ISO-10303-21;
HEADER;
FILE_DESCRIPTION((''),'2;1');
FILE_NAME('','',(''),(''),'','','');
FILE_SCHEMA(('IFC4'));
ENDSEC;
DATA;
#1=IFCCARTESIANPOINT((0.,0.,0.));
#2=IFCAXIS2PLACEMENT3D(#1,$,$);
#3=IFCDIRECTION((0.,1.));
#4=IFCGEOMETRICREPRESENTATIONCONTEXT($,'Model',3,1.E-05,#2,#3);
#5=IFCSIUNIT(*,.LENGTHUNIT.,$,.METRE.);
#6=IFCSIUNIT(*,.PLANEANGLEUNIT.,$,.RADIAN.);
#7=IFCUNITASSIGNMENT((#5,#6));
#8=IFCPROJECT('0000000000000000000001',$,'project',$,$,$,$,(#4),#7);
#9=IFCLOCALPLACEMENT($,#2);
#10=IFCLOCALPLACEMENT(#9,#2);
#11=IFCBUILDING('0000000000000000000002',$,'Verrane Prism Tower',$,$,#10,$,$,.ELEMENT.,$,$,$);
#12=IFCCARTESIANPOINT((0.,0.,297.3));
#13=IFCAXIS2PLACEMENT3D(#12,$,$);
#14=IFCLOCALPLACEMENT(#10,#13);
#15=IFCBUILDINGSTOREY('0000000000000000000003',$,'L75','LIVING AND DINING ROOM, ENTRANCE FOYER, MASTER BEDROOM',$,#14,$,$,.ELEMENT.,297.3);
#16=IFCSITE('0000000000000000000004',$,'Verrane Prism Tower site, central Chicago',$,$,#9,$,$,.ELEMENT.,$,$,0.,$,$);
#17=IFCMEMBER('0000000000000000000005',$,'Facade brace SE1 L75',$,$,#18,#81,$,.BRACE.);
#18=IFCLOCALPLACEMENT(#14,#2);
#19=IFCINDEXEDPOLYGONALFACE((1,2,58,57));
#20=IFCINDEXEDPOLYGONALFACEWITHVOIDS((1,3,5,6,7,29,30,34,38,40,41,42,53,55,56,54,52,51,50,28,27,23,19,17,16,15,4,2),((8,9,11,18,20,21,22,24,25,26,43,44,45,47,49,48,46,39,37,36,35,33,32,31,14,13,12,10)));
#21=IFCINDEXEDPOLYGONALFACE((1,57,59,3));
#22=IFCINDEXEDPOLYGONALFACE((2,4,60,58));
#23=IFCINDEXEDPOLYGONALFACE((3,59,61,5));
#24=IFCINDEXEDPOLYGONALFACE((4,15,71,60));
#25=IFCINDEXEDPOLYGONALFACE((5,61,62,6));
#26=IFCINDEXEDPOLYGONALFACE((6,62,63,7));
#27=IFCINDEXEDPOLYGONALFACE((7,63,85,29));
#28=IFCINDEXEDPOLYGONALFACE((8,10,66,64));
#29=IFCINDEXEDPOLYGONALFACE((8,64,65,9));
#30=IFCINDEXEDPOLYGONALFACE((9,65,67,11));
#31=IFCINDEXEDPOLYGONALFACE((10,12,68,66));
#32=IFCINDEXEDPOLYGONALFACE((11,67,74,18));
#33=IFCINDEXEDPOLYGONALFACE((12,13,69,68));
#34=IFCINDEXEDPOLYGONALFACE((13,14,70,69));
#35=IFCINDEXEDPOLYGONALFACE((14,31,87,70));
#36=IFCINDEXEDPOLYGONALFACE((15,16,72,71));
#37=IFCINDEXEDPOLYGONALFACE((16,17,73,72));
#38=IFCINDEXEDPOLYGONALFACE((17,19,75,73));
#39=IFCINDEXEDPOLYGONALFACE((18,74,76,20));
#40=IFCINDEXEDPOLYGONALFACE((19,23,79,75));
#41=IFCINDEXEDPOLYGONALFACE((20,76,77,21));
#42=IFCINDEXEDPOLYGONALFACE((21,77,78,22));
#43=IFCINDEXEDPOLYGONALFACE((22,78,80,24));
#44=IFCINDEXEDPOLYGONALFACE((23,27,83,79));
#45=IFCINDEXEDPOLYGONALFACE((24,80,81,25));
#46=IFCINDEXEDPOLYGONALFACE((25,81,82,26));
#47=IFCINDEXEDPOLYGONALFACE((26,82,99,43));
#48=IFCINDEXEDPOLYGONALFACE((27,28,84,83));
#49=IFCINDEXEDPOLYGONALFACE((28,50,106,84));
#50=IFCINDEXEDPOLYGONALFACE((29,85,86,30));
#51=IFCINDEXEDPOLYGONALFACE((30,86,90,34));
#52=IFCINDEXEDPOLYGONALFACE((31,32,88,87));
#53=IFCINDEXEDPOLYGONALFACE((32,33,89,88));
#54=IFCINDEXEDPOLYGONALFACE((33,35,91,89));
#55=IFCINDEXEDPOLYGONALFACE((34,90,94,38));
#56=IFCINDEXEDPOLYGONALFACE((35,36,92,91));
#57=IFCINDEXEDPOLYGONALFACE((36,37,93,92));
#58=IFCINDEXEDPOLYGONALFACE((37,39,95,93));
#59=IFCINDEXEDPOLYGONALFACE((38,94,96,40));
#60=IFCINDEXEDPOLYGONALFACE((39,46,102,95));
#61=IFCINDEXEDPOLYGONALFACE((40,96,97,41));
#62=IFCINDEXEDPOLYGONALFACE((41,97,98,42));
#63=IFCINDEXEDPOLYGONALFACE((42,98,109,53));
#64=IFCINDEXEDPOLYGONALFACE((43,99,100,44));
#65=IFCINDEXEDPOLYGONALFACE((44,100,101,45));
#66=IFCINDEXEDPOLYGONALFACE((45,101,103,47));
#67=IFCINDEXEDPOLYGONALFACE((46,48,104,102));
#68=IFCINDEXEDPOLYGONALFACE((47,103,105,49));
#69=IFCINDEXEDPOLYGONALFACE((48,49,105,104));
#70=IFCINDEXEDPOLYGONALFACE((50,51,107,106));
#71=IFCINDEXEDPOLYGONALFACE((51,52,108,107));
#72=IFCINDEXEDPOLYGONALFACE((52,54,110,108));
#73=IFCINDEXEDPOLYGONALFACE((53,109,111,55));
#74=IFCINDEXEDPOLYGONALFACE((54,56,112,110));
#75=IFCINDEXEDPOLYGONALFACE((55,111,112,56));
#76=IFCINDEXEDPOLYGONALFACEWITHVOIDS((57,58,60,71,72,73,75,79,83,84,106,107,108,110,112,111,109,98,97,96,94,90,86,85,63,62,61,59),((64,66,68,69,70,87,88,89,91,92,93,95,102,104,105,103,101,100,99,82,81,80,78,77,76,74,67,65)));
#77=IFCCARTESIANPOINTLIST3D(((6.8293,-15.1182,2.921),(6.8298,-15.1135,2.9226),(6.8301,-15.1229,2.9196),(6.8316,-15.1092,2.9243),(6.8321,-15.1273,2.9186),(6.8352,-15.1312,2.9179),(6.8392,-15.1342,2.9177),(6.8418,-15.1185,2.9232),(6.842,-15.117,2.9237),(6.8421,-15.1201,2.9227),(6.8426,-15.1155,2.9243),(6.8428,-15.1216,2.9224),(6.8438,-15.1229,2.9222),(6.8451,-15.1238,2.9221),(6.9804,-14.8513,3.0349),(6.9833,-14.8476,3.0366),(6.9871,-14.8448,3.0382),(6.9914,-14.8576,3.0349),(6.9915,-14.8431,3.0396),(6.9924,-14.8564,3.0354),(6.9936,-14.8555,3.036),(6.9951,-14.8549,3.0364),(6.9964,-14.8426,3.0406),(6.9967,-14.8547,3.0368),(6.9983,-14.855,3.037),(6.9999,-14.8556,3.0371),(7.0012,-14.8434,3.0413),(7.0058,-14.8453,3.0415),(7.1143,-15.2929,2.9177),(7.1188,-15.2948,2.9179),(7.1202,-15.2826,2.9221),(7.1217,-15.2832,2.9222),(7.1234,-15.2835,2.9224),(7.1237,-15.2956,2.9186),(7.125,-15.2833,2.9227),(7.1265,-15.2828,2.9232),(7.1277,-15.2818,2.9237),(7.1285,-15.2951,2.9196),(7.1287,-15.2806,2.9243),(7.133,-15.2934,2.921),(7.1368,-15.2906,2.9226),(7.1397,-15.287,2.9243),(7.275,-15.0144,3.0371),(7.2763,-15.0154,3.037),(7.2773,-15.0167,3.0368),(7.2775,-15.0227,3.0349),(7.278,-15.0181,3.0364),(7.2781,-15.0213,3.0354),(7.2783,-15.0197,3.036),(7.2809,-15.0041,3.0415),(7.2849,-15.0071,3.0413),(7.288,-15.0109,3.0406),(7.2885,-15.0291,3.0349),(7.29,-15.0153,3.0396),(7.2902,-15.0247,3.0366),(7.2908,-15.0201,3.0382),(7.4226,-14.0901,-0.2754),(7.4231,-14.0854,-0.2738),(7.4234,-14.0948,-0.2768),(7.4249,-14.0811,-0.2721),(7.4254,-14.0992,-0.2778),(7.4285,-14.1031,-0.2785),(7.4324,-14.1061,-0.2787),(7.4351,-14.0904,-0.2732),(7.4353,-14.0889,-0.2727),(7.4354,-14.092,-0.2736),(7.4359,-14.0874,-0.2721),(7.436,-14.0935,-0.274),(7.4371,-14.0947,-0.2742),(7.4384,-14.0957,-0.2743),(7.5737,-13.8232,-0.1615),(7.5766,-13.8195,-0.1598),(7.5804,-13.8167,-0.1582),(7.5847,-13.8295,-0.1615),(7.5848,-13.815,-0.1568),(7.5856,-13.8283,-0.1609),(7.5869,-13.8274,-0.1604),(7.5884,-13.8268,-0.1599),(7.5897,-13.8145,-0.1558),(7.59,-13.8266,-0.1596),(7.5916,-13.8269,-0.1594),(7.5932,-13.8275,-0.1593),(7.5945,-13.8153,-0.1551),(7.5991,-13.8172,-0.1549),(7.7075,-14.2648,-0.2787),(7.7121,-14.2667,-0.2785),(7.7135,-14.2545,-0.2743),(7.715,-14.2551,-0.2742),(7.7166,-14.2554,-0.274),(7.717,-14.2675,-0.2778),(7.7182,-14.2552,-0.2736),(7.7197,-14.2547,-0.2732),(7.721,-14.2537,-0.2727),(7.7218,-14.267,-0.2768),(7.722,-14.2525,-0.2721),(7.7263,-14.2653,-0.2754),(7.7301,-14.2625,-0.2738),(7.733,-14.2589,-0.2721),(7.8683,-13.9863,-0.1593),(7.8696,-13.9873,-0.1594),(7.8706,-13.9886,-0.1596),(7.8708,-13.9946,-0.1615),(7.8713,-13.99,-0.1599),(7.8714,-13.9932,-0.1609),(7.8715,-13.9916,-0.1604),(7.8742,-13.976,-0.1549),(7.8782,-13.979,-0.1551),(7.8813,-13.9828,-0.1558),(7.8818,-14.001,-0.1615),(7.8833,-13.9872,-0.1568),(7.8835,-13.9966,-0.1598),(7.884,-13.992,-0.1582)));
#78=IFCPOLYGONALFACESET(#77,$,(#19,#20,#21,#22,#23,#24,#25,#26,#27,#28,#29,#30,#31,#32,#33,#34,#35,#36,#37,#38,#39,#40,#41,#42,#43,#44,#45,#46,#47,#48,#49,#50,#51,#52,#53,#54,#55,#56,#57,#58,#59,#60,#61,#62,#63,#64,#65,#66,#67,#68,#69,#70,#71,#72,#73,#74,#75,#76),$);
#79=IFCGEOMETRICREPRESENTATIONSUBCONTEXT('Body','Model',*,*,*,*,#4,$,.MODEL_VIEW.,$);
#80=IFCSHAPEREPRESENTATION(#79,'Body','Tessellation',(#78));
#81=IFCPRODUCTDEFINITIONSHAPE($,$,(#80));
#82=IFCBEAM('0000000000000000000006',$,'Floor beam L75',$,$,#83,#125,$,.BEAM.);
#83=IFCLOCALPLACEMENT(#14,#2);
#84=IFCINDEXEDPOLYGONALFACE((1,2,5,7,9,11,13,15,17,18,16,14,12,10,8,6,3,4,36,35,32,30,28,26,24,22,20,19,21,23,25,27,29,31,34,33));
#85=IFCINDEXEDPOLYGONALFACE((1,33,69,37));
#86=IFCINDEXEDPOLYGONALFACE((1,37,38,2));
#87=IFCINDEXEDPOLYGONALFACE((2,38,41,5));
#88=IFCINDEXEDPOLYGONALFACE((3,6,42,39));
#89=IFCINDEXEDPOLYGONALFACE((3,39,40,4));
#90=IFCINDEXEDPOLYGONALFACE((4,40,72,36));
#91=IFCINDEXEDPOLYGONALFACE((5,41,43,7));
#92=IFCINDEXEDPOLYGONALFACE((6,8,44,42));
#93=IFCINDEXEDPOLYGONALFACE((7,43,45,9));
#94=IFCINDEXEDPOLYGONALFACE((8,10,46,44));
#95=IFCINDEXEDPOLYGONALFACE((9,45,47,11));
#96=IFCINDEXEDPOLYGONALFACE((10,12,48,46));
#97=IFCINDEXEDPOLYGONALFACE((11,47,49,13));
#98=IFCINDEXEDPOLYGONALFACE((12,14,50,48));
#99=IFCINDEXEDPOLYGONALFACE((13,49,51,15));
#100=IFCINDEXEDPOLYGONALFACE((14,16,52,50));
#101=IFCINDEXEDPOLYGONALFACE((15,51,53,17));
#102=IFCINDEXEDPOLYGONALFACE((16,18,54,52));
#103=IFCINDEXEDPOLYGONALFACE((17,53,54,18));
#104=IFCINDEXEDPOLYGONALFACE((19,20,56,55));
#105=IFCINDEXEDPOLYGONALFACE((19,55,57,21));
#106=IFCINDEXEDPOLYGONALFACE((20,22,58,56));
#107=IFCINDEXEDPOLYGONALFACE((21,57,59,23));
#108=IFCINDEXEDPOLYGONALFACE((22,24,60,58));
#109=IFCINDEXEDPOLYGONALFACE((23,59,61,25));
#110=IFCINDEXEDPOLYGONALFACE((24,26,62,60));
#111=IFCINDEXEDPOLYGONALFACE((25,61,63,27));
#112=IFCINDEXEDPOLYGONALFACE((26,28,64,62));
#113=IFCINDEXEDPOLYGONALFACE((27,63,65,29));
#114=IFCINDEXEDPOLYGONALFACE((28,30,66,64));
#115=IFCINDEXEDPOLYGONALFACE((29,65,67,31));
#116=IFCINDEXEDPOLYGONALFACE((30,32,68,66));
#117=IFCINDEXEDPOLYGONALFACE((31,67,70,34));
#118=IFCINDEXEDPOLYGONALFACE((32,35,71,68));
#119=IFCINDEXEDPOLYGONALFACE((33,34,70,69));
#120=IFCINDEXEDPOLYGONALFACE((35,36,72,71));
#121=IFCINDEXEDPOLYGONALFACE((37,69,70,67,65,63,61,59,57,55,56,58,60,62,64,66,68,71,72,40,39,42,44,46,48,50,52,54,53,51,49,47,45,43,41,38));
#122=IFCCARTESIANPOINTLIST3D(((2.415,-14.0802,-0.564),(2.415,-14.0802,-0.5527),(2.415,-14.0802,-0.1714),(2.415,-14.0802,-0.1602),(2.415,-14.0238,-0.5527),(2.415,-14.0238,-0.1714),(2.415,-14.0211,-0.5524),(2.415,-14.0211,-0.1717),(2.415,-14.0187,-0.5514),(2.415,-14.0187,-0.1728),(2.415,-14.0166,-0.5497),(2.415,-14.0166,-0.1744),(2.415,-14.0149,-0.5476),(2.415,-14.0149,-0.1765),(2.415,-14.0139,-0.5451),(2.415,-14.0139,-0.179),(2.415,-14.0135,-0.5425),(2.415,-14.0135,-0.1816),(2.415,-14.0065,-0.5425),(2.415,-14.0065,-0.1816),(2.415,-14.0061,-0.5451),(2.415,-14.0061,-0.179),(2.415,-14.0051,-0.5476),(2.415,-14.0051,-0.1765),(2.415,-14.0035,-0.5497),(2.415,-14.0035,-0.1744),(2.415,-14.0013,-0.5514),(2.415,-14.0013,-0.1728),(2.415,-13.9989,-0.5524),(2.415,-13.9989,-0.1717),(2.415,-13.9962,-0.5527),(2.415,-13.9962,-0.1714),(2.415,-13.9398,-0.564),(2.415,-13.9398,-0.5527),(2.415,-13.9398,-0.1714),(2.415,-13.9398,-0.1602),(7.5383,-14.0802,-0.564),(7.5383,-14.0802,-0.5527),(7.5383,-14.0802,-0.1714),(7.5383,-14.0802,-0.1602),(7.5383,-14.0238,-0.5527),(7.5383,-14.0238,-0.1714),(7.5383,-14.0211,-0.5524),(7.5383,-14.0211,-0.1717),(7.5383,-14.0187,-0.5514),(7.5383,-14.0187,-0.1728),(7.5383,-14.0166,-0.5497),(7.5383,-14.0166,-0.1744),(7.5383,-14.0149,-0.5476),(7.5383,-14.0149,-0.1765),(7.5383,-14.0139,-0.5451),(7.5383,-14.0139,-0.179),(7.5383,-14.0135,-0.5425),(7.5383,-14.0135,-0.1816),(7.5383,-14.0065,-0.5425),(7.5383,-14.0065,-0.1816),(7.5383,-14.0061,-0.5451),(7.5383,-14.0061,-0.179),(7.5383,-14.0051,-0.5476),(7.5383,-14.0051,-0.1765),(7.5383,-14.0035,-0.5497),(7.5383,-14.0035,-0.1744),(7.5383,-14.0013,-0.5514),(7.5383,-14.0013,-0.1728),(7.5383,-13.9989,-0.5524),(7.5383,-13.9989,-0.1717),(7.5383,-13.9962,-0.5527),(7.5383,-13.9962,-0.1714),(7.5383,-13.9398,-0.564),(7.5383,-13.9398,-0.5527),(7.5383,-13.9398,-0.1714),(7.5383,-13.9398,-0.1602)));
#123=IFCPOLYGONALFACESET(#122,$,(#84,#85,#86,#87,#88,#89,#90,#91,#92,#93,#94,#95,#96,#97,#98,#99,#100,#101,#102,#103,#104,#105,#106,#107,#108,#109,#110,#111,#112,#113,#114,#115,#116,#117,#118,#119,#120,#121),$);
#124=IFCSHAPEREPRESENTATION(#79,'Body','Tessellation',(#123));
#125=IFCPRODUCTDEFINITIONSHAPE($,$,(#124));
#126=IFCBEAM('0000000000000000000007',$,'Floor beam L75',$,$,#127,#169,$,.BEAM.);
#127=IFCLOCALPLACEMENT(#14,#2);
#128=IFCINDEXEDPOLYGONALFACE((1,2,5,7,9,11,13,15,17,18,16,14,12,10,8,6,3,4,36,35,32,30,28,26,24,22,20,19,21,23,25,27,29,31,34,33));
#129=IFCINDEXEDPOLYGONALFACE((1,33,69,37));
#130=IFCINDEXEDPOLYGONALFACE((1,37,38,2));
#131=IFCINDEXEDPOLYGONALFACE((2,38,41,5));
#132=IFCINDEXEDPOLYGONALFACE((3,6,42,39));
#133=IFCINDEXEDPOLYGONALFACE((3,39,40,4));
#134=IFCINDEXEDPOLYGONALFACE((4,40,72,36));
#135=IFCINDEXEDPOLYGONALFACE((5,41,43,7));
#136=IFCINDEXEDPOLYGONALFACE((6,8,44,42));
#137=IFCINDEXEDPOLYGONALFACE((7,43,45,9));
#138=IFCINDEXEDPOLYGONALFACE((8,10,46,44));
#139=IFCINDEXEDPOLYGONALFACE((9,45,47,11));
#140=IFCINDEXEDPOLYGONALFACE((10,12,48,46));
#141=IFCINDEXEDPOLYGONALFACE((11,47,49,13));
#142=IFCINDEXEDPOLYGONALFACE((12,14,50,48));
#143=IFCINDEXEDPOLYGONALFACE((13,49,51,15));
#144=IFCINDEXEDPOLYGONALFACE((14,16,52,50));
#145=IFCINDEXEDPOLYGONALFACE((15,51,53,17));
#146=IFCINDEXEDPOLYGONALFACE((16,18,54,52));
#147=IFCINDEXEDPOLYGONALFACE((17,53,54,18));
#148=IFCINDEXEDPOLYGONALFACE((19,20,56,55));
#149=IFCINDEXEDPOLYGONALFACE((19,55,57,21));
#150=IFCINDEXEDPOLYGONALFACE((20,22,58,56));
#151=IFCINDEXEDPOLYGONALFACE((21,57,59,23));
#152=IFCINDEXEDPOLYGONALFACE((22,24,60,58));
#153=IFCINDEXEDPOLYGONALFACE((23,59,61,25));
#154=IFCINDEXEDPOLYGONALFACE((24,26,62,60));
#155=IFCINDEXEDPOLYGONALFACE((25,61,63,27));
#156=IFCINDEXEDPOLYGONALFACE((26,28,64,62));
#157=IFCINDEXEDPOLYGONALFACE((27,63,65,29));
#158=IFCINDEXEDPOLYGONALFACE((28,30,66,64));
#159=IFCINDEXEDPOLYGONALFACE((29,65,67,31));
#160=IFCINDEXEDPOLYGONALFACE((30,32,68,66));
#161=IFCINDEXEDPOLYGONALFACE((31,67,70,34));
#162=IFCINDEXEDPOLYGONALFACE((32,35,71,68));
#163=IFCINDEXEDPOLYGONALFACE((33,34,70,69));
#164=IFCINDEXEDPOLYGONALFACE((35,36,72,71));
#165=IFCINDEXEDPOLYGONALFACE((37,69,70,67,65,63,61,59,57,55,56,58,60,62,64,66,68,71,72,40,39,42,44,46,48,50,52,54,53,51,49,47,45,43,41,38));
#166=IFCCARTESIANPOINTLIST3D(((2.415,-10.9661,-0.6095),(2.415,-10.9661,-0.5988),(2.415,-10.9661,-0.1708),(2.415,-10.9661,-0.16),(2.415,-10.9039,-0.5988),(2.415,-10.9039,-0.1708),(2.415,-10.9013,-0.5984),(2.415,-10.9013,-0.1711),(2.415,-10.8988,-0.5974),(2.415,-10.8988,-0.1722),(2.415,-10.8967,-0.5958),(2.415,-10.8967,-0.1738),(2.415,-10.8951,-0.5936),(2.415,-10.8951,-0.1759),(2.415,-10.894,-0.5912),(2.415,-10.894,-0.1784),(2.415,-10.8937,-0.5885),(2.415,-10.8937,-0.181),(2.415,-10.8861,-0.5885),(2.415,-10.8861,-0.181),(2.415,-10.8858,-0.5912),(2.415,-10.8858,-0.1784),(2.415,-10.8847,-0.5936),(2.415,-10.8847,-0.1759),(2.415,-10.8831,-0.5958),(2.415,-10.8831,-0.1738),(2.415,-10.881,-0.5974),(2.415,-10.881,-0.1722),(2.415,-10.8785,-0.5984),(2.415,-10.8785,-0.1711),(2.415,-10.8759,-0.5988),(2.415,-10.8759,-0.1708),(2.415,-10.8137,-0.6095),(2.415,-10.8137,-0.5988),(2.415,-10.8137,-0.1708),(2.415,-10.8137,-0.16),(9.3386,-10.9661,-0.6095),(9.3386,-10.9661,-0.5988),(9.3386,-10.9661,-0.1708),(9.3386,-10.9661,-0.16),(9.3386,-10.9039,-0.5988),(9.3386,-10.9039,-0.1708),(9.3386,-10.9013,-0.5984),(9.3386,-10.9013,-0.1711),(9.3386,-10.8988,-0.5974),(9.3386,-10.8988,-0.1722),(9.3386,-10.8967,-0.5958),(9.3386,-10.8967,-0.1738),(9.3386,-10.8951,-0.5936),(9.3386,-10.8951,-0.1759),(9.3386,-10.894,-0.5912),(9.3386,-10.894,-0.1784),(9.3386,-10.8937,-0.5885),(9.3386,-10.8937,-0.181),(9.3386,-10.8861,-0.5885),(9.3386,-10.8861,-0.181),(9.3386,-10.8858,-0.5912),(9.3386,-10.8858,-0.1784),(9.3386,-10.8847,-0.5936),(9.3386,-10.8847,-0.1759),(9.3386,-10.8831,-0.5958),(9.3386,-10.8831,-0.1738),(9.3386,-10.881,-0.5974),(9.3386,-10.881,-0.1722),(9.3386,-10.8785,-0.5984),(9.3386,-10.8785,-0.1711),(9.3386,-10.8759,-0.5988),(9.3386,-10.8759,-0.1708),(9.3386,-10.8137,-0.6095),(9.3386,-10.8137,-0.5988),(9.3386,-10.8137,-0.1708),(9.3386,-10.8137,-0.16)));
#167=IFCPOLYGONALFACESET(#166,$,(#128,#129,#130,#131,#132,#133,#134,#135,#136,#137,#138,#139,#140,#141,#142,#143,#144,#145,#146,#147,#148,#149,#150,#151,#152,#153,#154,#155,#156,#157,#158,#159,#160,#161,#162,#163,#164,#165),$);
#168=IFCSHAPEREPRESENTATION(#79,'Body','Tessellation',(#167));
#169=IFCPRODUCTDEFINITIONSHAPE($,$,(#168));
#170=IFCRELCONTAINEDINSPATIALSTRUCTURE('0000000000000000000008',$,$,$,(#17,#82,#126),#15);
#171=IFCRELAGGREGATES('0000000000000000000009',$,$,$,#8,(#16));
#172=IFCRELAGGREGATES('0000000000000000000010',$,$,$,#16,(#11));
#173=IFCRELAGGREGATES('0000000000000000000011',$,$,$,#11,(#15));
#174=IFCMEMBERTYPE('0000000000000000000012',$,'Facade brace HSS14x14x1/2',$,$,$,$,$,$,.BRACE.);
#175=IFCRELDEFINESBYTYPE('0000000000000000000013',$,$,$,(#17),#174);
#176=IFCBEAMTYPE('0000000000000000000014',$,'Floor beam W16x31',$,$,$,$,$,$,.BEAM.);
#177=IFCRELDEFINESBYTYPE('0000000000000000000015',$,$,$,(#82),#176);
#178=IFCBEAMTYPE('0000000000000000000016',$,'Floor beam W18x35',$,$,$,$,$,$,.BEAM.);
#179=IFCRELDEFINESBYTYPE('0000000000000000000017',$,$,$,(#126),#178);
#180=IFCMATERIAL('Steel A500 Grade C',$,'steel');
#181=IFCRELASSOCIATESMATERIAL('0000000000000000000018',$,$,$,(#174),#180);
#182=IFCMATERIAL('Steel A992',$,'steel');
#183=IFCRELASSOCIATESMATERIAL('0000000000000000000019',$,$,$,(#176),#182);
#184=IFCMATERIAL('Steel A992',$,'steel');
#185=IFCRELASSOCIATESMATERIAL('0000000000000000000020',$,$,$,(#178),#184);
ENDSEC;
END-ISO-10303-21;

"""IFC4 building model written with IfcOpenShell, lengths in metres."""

from ifc_helpers import new_model, si_unit, direction, frame, origin, origin_2d, place, context, subcontext, project, spatial, hollow_rectangle, i_section, extrude, material, material_profile, profile_set, type_object, element, save


model = new_model("IFC4")

# Units and contexts
model_context = context("Model", 3, precision=1e-05, world=origin(), true_north=direction((0.0, 1.0)))
body_context = subcontext(model_context, "Body", "Model", "MODEL_VIEW")
ifc_project = project(units=[si_unit("LENGTHUNIT", "METRE"), si_unit("PLANEANGLEUNIT", "RADIAN")], contexts=[model_context])

# Site, building, storey
site_placement = place(None, origin())
site = spatial("IfcSite", under=ifc_project, at=site_placement, Name="Verrane Prism Tower site, central Chicago", CompositionType="ELEMENT", RefElevation=0.0)
building_placement = place(site_placement, origin())
building = spatial("IfcBuilding", under=site, at=building_placement, Name="Verrane Prism Tower", CompositionType="ELEMENT")
storey_placement = place(building_placement, frame((0.0, 0.0, 297.3)))
storey = spatial("IfcBuildingStorey", under=building, at=storey_placement, Name="L75", Description="LIVING AND DINING ROOM, ENTRANCE FOYER, MASTER BEDROOM", CompositionType="ELEMENT", Elevation=297.3)

# Member
ifc_material_1 = material(Name="Steel A500 Grade C", Category="steel")
ifc_material_profile_1 = material_profile(ifc_material_1, hollow_rectangle(XDim=0.3557, YDim=0.3557, WallThickness=0.0127, InnerFilletRadius=0.0063, OuterFilletRadius=0.019, at=origin_2d()), Name="HSS14x14x1/2")
ifc_profile_set_1 = profile_set([ifc_material_profile_1], Name="Steel A500 Grade C")
member_type_1 = type_object("IfcMemberType", Name="Facade brace HSS14x14x1/2", PredefinedType="BRACE", material=ifc_profile_set_1)
member_1_placement = place(storey_placement, frame((7.6533, -14.041, -0.2168), z_axis=(-0.173999, -0.301527, 0.937447), x_axis=(0.866134, -0.499811, 0.0)))
element("IfcMember", 1, at=member_1_placement, inside=storey, type_object=member_type_1, Name="Facade brace SE1 L75", PredefinedType="BRACE", context=body_context, shape_type="SweptSolid", body=[
    extrude(hollow_rectangle(XDim=0.3557, YDim=0.3557, WallThickness=0.0127, InnerFilletRadius=0.0063, OuterFilletRadius=0.019, at=origin_2d()), origin(), (0.0, 0.0, 1.0), 3.4097),
])

# Beams
ifc_material_2 = material(Name="Steel A992", Category="steel")
ifc_material_profile_2 = material_profile(ifc_material_2, i_section(OverallWidth=0.1404, OverallDepth=0.4038, WebThickness=0.0071, FlangeThickness=0.0112, FilletRadius=0.0103, at=origin_2d()), Name="W16x31")
ifc_profile_set_2 = profile_set([ifc_material_profile_2], Name="Steel A992")
beam_type_1 = type_object("IfcBeamType", Name="Floor beam W16x31", PredefinedType="BEAM", material=ifc_profile_set_2)
beam_1_placement = place(storey_placement, frame((2.415, -14.01, -0.3621), z_axis=(1.0, 0.0, 0.0), x_axis=(0.0, 1.0, 0.0)))
element("IfcBeam", 2, at=beam_1_placement, inside=storey, type_object=beam_type_1, Name="Floor beam L75", PredefinedType="BEAM", context=body_context, shape_type="SweptSolid", body=[
    extrude(i_section(OverallWidth=0.1404, OverallDepth=0.4038, WebThickness=0.0071, FlangeThickness=0.0112, FilletRadius=0.0103, at=origin_2d()), origin(), (0.0, 0.0, 1.0), 5.1233),
])
ifc_material_3 = material(Name="Steel A992", Category="steel")
ifc_material_profile_3 = material_profile(ifc_material_3, i_section(OverallWidth=0.1523, OverallDepth=0.4495, WebThickness=0.0076, FlangeThickness=0.0107, FilletRadius=0.0103, at=origin_2d()), Name="W18x35")
ifc_profile_set_3 = profile_set([ifc_material_profile_3], Name="Steel A992")
beam_type_2 = type_object("IfcBeamType", Name="Floor beam W18x35", PredefinedType="BEAM", material=ifc_profile_set_3)
beam_2_placement = place(storey_placement, frame((2.415, -10.8899, -0.3848), z_axis=(1.0, 0.0, 0.0), x_axis=(0.0, 1.0, 0.0)))
element("IfcBeam", 3, at=beam_2_placement, inside=storey, type_object=beam_type_2, Name="Floor beam L75", PredefinedType="BEAM", context=body_context, shape_type="SweptSolid", body=[
    extrude(i_section(OverallWidth=0.1523, OverallDepth=0.4495, WebThickness=0.0076, FlangeThickness=0.0107, FilletRadius=0.0103, at=origin_2d()), origin(), (0.0, 0.0, 1.0), 6.9236),
])

save(model, "model.ifc")
